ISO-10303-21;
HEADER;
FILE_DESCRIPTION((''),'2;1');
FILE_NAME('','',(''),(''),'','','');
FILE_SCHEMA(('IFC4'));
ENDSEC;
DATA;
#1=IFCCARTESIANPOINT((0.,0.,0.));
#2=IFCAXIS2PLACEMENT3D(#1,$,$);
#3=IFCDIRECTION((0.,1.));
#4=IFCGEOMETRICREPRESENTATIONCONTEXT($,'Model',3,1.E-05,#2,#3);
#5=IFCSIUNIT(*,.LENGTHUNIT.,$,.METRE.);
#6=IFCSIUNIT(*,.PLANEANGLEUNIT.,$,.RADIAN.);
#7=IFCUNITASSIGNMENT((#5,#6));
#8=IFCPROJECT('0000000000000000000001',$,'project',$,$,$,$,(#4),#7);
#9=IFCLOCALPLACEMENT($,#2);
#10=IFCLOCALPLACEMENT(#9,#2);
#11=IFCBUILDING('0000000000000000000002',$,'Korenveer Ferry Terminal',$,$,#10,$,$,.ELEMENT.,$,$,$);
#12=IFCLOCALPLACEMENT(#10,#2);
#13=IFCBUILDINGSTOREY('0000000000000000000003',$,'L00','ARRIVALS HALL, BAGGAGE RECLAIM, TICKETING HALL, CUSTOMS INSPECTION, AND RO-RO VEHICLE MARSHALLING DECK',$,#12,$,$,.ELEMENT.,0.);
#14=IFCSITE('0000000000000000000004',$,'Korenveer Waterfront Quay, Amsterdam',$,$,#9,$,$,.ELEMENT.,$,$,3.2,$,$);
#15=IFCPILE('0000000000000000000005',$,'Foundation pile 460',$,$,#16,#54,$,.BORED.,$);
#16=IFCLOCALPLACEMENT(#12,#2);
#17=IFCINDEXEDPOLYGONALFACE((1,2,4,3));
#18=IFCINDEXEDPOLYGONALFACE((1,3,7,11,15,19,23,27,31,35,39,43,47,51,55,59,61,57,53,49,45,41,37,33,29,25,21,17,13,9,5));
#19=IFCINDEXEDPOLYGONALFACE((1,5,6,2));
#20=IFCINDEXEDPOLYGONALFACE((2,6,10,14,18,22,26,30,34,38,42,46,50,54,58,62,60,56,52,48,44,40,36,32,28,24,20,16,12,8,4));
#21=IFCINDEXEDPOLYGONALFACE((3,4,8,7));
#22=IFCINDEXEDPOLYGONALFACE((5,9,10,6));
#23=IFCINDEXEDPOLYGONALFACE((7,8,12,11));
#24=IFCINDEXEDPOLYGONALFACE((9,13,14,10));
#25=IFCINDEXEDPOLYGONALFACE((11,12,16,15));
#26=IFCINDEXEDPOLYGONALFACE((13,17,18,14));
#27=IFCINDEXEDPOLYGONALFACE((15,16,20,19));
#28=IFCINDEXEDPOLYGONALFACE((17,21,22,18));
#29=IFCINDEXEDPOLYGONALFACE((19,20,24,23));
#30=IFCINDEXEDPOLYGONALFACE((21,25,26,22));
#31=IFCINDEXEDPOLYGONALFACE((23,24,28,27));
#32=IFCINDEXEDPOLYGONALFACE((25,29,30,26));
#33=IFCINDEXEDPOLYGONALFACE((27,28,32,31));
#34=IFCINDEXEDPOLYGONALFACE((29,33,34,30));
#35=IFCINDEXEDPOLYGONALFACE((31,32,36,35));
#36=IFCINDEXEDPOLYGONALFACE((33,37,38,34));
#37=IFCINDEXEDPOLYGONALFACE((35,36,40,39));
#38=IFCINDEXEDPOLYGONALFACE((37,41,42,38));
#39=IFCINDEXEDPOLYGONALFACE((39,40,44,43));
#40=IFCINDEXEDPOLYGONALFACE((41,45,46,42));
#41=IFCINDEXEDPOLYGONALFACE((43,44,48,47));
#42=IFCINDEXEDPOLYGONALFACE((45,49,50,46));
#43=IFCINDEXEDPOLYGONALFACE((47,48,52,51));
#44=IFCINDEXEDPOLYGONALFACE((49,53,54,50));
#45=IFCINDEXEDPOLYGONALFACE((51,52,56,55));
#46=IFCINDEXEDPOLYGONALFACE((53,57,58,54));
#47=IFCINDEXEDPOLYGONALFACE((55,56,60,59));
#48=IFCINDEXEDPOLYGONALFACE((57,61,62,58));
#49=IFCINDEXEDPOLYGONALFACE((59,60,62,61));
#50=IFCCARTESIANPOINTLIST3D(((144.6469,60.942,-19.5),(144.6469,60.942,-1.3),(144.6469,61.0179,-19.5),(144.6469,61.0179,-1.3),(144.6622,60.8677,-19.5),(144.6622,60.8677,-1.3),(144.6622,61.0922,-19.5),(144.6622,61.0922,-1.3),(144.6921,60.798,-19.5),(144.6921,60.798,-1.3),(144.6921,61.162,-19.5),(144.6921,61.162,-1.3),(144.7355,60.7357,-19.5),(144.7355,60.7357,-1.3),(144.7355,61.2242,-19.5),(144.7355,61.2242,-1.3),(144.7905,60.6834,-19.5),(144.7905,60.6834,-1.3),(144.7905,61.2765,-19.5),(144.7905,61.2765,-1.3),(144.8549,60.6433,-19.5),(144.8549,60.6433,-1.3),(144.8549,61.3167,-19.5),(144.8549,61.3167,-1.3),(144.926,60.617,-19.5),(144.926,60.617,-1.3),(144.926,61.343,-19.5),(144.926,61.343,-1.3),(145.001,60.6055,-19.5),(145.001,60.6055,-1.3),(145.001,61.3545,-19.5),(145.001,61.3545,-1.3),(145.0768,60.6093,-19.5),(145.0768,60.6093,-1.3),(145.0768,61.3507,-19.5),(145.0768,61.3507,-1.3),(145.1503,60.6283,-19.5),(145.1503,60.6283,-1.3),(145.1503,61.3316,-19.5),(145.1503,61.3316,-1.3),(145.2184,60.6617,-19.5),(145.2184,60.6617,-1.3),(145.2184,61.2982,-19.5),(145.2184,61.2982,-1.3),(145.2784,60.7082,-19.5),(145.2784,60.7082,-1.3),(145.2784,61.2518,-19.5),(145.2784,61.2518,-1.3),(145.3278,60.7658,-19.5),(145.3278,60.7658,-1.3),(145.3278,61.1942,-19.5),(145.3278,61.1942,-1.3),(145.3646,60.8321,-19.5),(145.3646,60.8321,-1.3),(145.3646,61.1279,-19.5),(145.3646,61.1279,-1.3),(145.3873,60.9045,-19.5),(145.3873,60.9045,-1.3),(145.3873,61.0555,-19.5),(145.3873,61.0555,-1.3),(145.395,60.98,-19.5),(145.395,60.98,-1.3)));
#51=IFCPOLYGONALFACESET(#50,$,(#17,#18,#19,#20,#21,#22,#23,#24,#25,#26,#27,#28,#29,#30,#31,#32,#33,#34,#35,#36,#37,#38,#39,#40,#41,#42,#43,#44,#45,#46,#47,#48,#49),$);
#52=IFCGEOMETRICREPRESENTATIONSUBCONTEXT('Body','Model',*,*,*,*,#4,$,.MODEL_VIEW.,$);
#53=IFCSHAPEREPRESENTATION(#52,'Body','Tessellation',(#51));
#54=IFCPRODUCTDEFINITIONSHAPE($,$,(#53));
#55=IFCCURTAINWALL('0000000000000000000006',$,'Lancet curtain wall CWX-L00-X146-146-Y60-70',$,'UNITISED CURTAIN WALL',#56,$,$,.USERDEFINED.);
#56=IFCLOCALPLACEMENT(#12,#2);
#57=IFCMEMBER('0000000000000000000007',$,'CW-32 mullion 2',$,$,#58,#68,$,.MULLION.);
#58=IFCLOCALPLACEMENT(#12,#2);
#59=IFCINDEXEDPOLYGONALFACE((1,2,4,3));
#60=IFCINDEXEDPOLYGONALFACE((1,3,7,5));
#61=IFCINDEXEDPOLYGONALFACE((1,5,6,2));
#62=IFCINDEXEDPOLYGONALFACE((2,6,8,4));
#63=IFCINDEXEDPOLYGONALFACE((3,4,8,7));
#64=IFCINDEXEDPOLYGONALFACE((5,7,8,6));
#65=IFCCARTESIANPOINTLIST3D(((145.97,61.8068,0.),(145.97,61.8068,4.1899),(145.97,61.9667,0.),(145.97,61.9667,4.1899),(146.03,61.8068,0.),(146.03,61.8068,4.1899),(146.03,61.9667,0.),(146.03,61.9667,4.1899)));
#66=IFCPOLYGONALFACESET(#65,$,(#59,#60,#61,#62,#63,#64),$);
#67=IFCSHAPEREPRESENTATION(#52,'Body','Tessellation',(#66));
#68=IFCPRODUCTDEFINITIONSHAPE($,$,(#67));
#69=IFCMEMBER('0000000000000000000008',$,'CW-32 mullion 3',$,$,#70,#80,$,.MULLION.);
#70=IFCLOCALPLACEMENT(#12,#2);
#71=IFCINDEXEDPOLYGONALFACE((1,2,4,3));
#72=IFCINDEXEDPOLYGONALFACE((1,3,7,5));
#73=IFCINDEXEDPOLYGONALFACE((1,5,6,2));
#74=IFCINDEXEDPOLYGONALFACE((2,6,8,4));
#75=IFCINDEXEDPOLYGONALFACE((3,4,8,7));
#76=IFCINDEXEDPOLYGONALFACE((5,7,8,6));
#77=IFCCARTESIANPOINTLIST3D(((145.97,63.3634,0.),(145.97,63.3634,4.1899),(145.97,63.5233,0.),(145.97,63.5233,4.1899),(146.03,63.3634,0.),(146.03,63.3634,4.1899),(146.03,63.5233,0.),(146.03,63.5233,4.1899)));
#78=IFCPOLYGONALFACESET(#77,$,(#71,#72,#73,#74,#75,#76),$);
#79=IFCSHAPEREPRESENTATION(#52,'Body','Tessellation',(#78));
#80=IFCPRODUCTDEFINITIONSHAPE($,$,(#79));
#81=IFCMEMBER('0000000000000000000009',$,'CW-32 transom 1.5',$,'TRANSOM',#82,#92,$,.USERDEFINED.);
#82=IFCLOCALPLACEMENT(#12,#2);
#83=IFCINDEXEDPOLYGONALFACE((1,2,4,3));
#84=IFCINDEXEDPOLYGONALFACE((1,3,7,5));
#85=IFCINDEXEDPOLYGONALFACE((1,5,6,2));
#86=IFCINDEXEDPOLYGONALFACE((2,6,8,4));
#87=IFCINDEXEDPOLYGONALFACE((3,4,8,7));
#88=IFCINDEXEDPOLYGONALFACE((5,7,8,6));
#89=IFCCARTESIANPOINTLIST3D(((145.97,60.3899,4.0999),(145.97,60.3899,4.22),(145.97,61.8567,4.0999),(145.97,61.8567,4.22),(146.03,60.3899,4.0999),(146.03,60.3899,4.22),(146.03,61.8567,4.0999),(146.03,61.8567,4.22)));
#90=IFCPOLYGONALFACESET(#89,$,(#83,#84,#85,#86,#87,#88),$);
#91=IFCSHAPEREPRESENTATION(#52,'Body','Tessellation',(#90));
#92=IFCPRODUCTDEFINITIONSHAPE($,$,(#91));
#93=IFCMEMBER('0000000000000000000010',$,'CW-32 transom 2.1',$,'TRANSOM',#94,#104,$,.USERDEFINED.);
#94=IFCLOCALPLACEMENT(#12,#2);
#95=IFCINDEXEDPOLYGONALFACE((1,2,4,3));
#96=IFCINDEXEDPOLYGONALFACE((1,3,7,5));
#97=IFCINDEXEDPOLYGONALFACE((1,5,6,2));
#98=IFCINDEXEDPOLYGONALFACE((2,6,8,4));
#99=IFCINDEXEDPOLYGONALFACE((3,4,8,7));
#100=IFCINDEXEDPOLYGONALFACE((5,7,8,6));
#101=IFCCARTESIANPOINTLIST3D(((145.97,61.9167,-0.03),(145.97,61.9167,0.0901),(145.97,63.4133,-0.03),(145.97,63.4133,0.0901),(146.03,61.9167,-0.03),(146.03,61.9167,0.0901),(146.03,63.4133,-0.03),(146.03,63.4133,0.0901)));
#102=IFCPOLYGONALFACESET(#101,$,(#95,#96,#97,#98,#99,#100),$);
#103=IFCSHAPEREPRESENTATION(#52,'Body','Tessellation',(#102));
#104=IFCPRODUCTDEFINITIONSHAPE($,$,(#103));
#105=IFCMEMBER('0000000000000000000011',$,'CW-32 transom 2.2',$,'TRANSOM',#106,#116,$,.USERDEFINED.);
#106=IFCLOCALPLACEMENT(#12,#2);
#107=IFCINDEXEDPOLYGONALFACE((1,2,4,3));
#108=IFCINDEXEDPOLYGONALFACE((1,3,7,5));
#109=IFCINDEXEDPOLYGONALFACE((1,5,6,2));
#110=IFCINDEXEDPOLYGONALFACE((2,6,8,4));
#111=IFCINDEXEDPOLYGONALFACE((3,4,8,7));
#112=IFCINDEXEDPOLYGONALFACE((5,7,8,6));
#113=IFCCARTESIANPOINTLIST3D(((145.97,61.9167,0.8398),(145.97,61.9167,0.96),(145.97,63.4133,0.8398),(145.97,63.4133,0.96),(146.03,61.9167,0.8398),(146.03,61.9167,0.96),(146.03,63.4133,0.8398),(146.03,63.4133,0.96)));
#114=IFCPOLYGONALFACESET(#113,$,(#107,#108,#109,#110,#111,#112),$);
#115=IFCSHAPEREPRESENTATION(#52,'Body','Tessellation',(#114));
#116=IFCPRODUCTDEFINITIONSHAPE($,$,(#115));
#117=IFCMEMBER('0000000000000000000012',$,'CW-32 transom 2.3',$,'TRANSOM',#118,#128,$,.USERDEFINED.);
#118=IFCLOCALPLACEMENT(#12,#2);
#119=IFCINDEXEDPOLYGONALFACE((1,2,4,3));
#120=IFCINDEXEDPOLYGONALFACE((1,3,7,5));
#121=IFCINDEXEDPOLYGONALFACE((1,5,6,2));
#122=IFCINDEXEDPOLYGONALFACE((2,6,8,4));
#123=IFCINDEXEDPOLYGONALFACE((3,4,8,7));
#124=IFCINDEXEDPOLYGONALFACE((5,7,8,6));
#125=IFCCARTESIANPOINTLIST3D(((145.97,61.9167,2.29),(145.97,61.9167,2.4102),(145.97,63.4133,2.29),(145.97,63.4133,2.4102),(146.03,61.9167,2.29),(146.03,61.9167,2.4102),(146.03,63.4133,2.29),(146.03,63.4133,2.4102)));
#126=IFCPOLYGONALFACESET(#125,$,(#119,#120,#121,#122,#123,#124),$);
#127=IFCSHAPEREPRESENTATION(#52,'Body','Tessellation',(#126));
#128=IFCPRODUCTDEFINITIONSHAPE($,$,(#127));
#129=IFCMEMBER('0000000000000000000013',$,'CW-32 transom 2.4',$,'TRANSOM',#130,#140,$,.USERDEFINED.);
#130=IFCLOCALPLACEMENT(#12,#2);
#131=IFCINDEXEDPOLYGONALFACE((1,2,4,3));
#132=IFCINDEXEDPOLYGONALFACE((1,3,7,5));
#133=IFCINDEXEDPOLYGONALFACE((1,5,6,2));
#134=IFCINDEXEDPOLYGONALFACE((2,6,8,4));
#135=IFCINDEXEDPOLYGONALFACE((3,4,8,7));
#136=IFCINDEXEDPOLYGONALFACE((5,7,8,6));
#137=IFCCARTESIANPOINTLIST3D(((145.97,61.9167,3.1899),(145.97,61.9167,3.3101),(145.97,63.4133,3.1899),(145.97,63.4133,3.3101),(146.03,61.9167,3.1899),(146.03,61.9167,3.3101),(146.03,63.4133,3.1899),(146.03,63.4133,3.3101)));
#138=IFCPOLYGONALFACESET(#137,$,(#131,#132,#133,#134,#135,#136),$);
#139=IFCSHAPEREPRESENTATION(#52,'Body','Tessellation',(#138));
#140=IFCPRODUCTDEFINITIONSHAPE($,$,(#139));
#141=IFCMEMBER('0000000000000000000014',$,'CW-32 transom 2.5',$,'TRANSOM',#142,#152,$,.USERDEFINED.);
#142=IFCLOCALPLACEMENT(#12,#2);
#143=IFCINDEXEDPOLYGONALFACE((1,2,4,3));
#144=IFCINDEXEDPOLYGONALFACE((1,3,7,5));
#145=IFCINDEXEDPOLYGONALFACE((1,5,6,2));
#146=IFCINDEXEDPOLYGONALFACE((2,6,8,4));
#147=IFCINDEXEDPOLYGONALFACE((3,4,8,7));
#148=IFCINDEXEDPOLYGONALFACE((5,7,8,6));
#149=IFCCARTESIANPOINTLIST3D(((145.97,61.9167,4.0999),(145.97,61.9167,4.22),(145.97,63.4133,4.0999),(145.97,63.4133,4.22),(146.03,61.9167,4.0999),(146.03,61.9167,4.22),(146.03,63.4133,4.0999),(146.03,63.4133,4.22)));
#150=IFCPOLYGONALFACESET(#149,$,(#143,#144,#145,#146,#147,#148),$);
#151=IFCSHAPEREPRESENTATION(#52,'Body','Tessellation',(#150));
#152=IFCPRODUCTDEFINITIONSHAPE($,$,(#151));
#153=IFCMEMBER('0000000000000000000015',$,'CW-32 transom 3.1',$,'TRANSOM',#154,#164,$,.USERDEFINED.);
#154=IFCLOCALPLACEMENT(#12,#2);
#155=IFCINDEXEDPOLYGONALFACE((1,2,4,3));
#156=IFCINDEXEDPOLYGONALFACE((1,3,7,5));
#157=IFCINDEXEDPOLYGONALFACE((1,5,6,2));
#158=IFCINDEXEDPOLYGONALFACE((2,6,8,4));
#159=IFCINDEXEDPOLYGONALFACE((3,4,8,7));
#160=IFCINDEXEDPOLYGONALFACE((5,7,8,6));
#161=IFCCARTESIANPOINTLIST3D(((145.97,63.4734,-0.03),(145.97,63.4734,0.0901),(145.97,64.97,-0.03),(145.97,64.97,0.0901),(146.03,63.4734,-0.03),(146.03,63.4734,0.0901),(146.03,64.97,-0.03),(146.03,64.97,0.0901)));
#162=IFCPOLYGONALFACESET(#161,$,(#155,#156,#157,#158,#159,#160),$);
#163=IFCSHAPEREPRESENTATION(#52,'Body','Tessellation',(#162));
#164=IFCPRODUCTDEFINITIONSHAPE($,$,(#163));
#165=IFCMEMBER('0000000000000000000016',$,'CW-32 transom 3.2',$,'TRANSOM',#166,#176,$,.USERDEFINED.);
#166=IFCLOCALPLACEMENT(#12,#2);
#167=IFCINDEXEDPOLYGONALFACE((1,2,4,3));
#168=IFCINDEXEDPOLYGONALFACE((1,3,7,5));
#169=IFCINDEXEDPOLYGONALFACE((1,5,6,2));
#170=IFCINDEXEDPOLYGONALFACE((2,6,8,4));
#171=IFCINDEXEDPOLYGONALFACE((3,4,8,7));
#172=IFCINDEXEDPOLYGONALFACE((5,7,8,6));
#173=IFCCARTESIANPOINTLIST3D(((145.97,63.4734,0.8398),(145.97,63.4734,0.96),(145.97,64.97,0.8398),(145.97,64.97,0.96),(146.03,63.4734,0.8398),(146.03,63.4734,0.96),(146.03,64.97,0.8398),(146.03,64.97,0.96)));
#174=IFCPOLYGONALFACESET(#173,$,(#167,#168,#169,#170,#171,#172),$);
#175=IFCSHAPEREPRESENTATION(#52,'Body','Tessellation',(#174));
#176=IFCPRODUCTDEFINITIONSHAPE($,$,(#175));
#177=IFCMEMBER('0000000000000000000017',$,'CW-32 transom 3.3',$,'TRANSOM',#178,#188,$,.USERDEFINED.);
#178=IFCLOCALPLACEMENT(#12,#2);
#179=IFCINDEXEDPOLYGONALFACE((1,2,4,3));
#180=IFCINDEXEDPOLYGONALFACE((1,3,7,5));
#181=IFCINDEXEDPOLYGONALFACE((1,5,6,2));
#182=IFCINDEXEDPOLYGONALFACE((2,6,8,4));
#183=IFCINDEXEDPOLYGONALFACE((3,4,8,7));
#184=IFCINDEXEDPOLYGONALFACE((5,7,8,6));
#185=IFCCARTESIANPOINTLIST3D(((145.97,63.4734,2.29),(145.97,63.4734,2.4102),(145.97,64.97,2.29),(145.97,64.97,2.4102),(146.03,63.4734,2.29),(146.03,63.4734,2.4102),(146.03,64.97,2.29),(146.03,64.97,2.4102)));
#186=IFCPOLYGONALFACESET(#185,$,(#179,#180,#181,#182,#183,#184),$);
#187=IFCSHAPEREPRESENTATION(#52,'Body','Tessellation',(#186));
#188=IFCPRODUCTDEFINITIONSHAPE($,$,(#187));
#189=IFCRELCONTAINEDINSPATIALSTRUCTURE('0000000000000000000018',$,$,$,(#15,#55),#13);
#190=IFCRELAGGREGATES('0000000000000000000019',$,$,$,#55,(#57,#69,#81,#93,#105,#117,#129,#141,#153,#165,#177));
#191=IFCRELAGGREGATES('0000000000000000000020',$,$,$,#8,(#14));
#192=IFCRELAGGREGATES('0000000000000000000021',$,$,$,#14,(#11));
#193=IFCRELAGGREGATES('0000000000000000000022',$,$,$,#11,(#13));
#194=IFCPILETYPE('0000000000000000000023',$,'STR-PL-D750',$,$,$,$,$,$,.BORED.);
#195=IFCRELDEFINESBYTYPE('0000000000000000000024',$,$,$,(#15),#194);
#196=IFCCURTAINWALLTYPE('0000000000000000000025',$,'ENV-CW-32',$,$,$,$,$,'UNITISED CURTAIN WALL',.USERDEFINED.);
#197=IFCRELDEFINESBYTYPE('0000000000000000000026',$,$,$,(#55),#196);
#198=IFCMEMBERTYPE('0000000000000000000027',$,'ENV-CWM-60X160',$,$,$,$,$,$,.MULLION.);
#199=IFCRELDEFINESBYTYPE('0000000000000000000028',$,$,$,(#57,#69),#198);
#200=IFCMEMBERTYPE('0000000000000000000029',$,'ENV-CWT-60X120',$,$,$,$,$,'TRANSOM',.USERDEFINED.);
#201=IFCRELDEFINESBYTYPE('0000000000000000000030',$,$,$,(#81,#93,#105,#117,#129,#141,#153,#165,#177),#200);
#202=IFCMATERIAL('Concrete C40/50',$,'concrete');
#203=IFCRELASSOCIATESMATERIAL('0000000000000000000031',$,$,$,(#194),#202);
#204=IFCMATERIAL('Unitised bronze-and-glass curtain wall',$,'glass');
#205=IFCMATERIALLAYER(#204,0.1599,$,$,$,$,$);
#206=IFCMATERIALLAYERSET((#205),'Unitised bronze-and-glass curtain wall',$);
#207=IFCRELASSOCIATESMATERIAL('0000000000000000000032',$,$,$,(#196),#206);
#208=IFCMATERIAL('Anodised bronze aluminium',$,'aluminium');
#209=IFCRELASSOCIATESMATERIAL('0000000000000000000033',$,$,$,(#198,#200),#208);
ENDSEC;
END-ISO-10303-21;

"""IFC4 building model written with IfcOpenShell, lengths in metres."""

from ifc_helpers import new_model, si_unit, direction, frame, origin, origin_2d, place, context, subcontext, project, spatial, rectangle, circle, extrude, material, layer, layer_set, material_profile, profile_set, type_object, element, aggregate, save


model = new_model("IFC4")

# Units and contexts
model_context = context("Model", 3, precision=1e-05, world=origin(), true_north=direction((0.0, 1.0)))
body_context = subcontext(model_context, "Body", "Model", "MODEL_VIEW")
ifc_project = project(units=[si_unit("LENGTHUNIT", "METRE"), si_unit("PLANEANGLEUNIT", "RADIAN")], contexts=[model_context])

# Site, building, storey
site_placement = place(None, origin())
site = spatial("IfcSite", under=ifc_project, at=site_placement, Name="Korenveer Waterfront Quay, Amsterdam", CompositionType="ELEMENT", RefElevation=3.2)
building_placement = place(site_placement, origin())
building = spatial("IfcBuilding", under=site, at=building_placement, Name="Korenveer Ferry Terminal", CompositionType="ELEMENT")
storey_placement = place(building_placement, origin())
storey = spatial("IfcBuildingStorey", under=building, at=storey_placement, Name="L00", Description="ARRIVALS HALL, BAGGAGE RECLAIM, TICKETING HALL, CUSTOMS INSPECTION, AND RO-RO VEHICLE MARSHALLING DECK", CompositionType="ELEMENT", Elevation=0.0)

# Pile
ifc_material_1 = material(Name="Concrete C40/50", Category="concrete")
ifc_material_profile_1 = material_profile(ifc_material_1, circle(Radius=0.375, at=origin_2d()), Name="PILE D750")
ifc_profile_set_1 = profile_set([ifc_material_profile_1], Name="Concrete C40/50")
pile_type = type_object("IfcPileType", Name="STR-PL-D750", PredefinedType="BORED", material=ifc_profile_set_1)
pile_placement = place(storey_placement, frame((145.02, 60.98, -1.3), z_axis=(0.0, 0.0, -1.0), x_axis=(1.0, 0.0, 0.0)))
element("IfcPile", 1, at=pile_placement, inside=storey, type_object=pile_type, Name="Foundation pile 460", PredefinedType="BORED", context=body_context, shape_type="SweptSolid", body=[
    extrude(circle(Radius=0.375, at=origin_2d()), origin(), (0.0, 0.0, 1.0), 18.2),
])

# Curtain wall, members
ifc_material_2 = material(Name="Unitised bronze-and-glass curtain wall", Category="glass")
ifc_layer_1 = layer(ifc_material_2, 0.1599)
ifc_layer_set_1 = layer_set([ifc_layer_1], Name="Unitised bronze-and-glass curtain wall")
curtain_wall_type = type_object("IfcCurtainWallType", Name="ENV-CW-32", ElementType="UNITISED CURTAIN WALL", PredefinedType="USERDEFINED", material=ifc_layer_set_1)
curtain_wall_placement = place(storey_placement, frame((146.0, 60.3301, 0.0)))
curtain_wall = element("IfcCurtainWall", 2, at=curtain_wall_placement, inside=storey, type_object=curtain_wall_type, Name="Lancet curtain wall CWX-L00-X146-146-Y60-70", ObjectType="UNITISED CURTAIN WALL", PredefinedType="USERDEFINED")
ifc_material_3 = material(Name="Anodised bronze aluminium", Category="aluminium")
ifc_material_profile_2 = material_profile(ifc_material_3, rectangle(XDim=0.0601, YDim=0.1599, at=origin_2d()), Name="ALU 60x160")
ifc_profile_set_2 = profile_set([ifc_material_profile_2], Name="Anodised bronze aluminium")
member_type_1 = type_object("IfcMemberType", Name="ENV-CWM-60X160", PredefinedType="MULLION", material=ifc_profile_set_2)
member_1_placement = place(storey_placement, frame((146.0, 61.8867, 0.0), z_axis=(0.0, 0.0, 1.0), x_axis=(-1.0, 0.0, 0.0)))
member_1 = element("IfcMember", 3, at=member_1_placement, type_object=member_type_1, Name="CW-32 mullion 2", PredefinedType="MULLION", context=body_context, shape_type="SweptSolid", body=[
    extrude(rectangle(XDim=0.0601, YDim=0.1599, at=origin_2d()), origin(), (0.0, 0.0, 1.0), 4.1899),
])
member_2_placement = place(storey_placement, frame((146.0, 63.4434, 0.0), z_axis=(0.0, 0.0, 1.0), x_axis=(-1.0, 0.0, 0.0)))
member_2 = element("IfcMember", 4, at=member_2_placement, type_object=member_type_1, Name="CW-32 mullion 3", PredefinedType="MULLION", context=body_context, shape_type="SweptSolid", body=[
    extrude(rectangle(XDim=0.0601, YDim=0.1599, at=origin_2d()), origin(), (0.0, 0.0, 1.0), 4.1899),
])
ifc_material_profile_3 = material_profile(ifc_material_3, rectangle(XDim=0.0601, YDim=0.1201, at=origin_2d()), Name="ALU 60x120")
ifc_profile_set_3 = profile_set([ifc_material_profile_3], Name="Anodised bronze aluminium")
member_type_2 = type_object("IfcMemberType", Name="ENV-CWT-60X120", ElementType="TRANSOM", PredefinedType="USERDEFINED", material=ifc_profile_set_3)
member_3_placement = place(storey_placement, frame((146.0, 60.3899, 4.1599), z_axis=(0.0, 1.0, 0.0), x_axis=(-1.0, 0.0, 0.0)))
member_3 = element("IfcMember", 5, at=member_3_placement, type_object=member_type_2, Name="CW-32 transom 1.5", ObjectType="TRANSOM", PredefinedType="USERDEFINED", context=body_context, shape_type="SweptSolid", body=[
    extrude(rectangle(XDim=0.0601, YDim=0.1201, at=origin_2d()), origin(), (0.0, 0.0, 1.0), 1.4668),
])
member_4_placement = place(storey_placement, frame((146.0, 61.9167, 0.03), z_axis=(0.0, 1.0, 0.0), x_axis=(-1.0, 0.0, 0.0)))
member_4 = element("IfcMember", 6, at=member_4_placement, type_object=member_type_2, Name="CW-32 transom 2.1", ObjectType="TRANSOM", PredefinedType="USERDEFINED", context=body_context, shape_type="SweptSolid", body=[
    extrude(rectangle(XDim=0.0601, YDim=0.1201, at=origin_2d()), origin(), (0.0, 0.0, 1.0), 1.4966),
])
member_5_placement = place(storey_placement, frame((146.0, 61.9167, 0.8999), z_axis=(0.0, 1.0, 0.0), x_axis=(-1.0, 0.0, 0.0)))
member_5 = element("IfcMember", 7, at=member_5_placement, type_object=member_type_2, Name="CW-32 transom 2.2", ObjectType="TRANSOM", PredefinedType="USERDEFINED", context=body_context, shape_type="SweptSolid", body=[
    extrude(rectangle(XDim=0.0601, YDim=0.1201, at=origin_2d()), origin(), (0.0, 0.0, 1.0), 1.4966),
])
member_6_placement = place(storey_placement, frame((146.0, 61.9167, 2.3501), z_axis=(0.0, 1.0, 0.0), x_axis=(-1.0, 0.0, 0.0)))
member_6 = element("IfcMember", 8, at=member_6_placement, type_object=member_type_2, Name="CW-32 transom 2.3", ObjectType="TRANSOM", PredefinedType="USERDEFINED", context=body_context, shape_type="SweptSolid", body=[
    extrude(rectangle(XDim=0.0601, YDim=0.1201, at=origin_2d()), origin(), (0.0, 0.0, 1.0), 1.4966),
])
member_7_placement = place(storey_placement, frame((146.0, 61.9167, 3.25), z_axis=(0.0, 1.0, 0.0), x_axis=(-1.0, 0.0, 0.0)))
member_7 = element("IfcMember", 9, at=member_7_placement, type_object=member_type_2, Name="CW-32 transom 2.4", ObjectType="TRANSOM", PredefinedType="USERDEFINED", context=body_context, shape_type="SweptSolid", body=[
    extrude(rectangle(XDim=0.0601, YDim=0.1201, at=origin_2d()), origin(), (0.0, 0.0, 1.0), 1.4966),
])
member_8_placement = place(storey_placement, frame((146.0, 61.9167, 4.1599), z_axis=(0.0, 1.0, 0.0), x_axis=(-1.0, 0.0, 0.0)))
member_8 = element("IfcMember", 10, at=member_8_placement, type_object=member_type_2, Name="CW-32 transom 2.5", ObjectType="TRANSOM", PredefinedType="USERDEFINED", context=body_context, shape_type="SweptSolid", body=[
    extrude(rectangle(XDim=0.0601, YDim=0.1201, at=origin_2d()), origin(), (0.0, 0.0, 1.0), 1.4966),
])
member_9_placement = place(storey_placement, frame((146.0, 63.4734, 0.03), z_axis=(0.0, 1.0, 0.0), x_axis=(-1.0, 0.0, 0.0)))
member_9 = element("IfcMember", 11, at=member_9_placement, type_object=member_type_2, Name="CW-32 transom 3.1", ObjectType="TRANSOM", PredefinedType="USERDEFINED", context=body_context, shape_type="SweptSolid", body=[
    extrude(rectangle(XDim=0.0601, YDim=0.1201, at=origin_2d()), origin(), (0.0, 0.0, 1.0), 1.4966),
])
member_10_placement = place(storey_placement, frame((146.0, 63.4734, 0.8999), z_axis=(0.0, 1.0, 0.0), x_axis=(-1.0, 0.0, 0.0)))
member_10 = element("IfcMember", 12, at=member_10_placement, type_object=member_type_2, Name="CW-32 transom 3.2", ObjectType="TRANSOM", PredefinedType="USERDEFINED", context=body_context, shape_type="SweptSolid", body=[
    extrude(rectangle(XDim=0.0601, YDim=0.1201, at=origin_2d()), origin(), (0.0, 0.0, 1.0), 1.4966),
])
member_11_placement = place(storey_placement, frame((146.0, 63.4734, 2.3501), z_axis=(0.0, 1.0, 0.0), x_axis=(-1.0, 0.0, 0.0)))
member_11 = element("IfcMember", 13, at=member_11_placement, type_object=member_type_2, Name="CW-32 transom 3.3", ObjectType="TRANSOM", PredefinedType="USERDEFINED", context=body_context, shape_type="SweptSolid", body=[
    extrude(rectangle(XDim=0.0601, YDim=0.1201, at=origin_2d()), origin(), (0.0, 0.0, 1.0), 1.4966),
])
aggregate(curtain_wall, [member_1, member_2, member_3, member_4, member_5, member_6, member_7, member_8, member_9, member_10, member_11])

save(model, "model.ifc")
